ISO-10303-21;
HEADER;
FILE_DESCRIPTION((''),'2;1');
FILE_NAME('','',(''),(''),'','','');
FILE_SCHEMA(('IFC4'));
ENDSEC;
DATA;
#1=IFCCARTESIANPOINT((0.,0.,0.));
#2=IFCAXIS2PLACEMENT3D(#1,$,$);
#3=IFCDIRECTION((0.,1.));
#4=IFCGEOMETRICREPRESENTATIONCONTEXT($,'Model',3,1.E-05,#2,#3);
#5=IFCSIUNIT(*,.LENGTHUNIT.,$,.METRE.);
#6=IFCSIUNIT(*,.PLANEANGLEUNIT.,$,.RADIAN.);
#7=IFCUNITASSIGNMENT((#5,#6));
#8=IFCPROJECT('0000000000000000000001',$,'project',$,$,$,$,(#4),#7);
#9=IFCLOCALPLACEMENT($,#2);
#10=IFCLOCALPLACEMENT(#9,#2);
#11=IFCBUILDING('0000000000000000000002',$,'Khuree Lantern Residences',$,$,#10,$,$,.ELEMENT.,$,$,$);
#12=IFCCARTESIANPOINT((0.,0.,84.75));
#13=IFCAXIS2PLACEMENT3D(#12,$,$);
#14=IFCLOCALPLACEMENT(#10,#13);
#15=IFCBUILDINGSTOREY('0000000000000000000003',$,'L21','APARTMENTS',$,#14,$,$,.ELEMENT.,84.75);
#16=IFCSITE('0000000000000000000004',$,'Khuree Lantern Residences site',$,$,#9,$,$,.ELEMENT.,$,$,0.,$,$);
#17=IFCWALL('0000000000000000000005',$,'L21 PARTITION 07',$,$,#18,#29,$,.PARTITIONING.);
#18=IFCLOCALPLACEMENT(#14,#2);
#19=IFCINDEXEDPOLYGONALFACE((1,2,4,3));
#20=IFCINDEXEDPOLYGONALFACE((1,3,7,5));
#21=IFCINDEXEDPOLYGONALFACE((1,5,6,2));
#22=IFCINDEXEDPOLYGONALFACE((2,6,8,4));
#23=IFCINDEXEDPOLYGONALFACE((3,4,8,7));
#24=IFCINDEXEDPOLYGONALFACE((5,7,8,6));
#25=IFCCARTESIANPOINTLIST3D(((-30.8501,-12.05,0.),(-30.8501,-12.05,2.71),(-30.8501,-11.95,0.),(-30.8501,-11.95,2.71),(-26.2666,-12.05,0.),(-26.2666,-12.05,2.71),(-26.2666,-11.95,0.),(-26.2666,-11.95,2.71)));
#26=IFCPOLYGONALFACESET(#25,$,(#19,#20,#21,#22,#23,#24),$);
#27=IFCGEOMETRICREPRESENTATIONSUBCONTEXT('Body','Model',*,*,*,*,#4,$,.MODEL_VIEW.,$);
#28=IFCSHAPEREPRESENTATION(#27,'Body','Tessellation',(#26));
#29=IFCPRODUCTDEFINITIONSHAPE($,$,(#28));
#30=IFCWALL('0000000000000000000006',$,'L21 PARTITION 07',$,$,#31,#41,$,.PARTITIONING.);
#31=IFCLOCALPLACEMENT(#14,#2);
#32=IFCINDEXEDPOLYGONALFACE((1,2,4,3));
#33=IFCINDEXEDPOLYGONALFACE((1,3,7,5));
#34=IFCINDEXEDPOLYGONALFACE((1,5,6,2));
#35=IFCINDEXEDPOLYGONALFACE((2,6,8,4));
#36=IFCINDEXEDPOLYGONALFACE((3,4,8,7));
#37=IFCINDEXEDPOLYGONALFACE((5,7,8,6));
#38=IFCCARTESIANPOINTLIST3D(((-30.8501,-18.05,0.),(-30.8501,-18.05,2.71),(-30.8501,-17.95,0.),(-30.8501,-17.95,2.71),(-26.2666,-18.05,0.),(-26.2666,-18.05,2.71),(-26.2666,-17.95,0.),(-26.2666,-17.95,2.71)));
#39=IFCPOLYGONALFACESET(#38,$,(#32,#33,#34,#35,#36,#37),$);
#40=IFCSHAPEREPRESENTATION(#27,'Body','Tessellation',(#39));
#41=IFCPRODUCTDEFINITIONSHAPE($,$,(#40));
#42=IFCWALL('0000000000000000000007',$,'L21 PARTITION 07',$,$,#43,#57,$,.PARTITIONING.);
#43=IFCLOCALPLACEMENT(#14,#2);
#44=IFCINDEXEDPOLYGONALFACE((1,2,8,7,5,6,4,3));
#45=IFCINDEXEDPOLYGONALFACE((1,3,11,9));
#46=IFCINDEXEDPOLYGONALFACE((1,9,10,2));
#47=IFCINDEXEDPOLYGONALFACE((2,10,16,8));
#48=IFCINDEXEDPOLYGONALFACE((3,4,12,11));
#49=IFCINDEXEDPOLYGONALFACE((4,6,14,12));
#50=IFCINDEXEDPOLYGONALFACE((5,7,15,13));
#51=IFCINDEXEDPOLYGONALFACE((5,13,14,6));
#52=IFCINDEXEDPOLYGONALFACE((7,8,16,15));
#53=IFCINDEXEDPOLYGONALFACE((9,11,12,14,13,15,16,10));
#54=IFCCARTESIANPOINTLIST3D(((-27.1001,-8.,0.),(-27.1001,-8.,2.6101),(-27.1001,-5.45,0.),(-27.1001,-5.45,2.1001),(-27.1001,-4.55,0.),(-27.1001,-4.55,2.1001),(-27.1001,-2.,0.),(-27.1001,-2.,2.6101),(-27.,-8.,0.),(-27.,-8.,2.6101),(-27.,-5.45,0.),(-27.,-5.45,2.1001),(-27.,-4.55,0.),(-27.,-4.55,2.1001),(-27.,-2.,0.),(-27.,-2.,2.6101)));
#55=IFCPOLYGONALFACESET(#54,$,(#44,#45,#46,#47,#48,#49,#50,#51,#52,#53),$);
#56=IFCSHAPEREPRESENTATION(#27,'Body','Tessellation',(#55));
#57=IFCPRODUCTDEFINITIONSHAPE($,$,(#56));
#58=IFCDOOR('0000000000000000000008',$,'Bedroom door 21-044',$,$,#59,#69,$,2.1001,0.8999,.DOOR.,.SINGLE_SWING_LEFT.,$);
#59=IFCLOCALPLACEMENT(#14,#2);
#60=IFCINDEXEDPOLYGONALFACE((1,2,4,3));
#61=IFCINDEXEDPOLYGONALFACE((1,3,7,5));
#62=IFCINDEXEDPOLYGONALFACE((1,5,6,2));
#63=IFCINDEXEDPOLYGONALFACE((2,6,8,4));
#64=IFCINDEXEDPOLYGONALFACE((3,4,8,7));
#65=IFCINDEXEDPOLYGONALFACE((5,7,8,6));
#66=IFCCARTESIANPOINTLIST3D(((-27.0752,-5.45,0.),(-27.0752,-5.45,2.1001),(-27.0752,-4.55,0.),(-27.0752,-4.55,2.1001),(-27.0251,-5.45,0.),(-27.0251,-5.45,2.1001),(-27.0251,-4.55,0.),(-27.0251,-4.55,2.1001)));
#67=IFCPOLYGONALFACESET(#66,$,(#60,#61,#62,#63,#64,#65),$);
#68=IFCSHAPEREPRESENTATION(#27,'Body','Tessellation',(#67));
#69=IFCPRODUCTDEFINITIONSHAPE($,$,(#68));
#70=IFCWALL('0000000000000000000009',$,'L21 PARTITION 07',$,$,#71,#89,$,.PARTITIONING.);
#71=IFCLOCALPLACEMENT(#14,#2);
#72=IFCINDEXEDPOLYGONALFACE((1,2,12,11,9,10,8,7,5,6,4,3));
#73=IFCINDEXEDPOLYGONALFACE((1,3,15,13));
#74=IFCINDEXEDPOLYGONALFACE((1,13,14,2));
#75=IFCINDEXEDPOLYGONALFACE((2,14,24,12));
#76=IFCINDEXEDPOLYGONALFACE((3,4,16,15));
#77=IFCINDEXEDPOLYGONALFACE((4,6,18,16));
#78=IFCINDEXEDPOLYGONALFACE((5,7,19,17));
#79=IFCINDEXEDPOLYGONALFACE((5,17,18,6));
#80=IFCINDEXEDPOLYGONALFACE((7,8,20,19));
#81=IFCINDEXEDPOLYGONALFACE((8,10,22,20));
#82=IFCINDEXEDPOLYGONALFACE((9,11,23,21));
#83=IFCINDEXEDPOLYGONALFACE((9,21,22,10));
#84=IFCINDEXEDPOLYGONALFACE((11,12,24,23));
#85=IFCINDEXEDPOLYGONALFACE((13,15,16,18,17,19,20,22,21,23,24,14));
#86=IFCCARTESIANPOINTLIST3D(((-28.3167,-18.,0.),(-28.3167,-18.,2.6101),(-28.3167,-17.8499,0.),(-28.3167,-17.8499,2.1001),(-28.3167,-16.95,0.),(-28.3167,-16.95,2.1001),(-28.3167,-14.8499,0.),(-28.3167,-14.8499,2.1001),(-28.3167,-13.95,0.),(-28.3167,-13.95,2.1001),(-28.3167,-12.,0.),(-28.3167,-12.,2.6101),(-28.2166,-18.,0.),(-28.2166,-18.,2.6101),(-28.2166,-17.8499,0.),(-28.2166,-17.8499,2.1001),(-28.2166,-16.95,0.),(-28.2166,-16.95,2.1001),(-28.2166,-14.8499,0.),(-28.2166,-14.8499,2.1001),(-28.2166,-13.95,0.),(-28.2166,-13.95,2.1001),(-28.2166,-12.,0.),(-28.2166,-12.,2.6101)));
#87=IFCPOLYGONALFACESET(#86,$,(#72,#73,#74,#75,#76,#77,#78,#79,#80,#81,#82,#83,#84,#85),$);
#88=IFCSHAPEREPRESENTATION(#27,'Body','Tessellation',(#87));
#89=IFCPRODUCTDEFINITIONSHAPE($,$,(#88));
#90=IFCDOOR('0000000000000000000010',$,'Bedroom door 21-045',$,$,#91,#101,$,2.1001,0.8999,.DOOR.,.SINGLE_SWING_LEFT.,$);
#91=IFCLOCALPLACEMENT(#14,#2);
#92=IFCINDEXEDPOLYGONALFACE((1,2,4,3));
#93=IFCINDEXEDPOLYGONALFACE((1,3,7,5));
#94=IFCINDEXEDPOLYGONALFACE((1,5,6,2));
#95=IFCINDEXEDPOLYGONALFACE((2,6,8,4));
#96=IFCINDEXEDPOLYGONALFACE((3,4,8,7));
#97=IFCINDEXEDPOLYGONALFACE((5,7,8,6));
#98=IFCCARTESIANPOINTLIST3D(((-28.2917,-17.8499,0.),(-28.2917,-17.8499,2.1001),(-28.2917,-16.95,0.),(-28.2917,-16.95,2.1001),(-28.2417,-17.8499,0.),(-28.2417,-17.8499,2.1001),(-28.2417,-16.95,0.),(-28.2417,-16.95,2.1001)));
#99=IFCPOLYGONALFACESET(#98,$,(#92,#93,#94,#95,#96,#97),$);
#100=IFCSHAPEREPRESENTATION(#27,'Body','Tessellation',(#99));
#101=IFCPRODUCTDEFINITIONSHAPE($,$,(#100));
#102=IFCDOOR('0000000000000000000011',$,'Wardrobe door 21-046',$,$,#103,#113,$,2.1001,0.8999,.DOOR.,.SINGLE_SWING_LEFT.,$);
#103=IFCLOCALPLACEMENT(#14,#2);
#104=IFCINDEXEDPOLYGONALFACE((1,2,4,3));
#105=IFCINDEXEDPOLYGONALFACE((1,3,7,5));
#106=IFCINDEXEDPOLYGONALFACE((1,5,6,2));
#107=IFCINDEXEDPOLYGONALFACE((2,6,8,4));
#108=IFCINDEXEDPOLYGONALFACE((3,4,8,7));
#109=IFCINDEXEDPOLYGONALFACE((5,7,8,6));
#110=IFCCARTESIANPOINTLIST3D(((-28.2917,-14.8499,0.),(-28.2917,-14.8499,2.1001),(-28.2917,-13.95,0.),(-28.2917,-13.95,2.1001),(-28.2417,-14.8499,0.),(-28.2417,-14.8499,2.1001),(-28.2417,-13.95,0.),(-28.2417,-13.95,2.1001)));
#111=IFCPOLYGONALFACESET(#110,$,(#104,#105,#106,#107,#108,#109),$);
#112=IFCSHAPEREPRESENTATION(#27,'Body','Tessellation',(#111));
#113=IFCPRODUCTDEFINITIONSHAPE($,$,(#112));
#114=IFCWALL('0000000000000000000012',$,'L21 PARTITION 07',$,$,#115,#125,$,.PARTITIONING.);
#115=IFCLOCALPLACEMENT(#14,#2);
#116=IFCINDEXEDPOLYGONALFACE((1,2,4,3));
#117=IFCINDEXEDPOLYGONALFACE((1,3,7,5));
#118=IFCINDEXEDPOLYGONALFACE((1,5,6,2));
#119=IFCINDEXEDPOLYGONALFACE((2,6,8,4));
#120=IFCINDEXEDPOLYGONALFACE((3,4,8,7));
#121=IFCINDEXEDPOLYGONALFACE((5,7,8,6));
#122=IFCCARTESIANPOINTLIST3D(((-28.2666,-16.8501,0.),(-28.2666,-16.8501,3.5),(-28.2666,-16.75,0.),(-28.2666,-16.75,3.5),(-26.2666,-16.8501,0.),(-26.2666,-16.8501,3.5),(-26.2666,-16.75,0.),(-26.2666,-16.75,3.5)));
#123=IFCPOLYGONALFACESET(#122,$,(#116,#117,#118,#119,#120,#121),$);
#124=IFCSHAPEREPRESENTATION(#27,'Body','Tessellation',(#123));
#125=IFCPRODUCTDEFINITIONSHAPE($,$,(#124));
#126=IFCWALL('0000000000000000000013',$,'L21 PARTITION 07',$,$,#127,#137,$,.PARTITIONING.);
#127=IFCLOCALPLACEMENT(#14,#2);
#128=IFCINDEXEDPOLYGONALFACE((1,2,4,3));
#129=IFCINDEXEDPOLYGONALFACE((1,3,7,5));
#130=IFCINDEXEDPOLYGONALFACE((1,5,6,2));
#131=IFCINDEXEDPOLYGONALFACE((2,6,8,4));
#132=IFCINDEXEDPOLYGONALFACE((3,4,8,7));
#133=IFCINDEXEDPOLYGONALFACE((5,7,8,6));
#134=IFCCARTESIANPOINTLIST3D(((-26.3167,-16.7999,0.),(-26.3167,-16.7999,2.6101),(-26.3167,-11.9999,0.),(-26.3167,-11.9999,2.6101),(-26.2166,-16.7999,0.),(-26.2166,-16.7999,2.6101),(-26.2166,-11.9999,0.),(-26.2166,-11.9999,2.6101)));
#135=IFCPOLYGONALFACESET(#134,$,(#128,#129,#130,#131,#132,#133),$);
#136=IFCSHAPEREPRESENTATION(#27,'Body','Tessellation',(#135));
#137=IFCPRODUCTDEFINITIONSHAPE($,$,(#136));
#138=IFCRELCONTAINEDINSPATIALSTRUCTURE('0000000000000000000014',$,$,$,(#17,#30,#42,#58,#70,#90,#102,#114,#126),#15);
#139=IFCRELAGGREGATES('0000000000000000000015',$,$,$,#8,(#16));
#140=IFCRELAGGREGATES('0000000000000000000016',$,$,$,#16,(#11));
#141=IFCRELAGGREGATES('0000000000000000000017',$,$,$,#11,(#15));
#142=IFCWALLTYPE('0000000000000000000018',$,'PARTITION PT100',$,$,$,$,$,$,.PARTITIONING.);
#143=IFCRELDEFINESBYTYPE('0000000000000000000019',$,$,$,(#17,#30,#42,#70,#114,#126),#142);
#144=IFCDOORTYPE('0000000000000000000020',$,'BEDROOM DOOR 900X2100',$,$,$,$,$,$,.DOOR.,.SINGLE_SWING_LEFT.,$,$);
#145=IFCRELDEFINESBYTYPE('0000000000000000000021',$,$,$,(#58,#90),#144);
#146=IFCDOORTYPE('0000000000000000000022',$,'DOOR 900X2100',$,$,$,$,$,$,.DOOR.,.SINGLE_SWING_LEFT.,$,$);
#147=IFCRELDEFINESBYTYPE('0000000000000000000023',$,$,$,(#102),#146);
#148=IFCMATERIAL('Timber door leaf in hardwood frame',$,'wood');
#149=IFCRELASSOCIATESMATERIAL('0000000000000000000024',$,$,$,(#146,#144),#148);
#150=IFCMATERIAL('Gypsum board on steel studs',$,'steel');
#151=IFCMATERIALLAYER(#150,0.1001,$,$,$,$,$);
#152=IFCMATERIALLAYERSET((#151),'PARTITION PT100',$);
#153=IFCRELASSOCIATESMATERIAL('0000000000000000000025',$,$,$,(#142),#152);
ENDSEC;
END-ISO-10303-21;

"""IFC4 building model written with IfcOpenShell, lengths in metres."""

from ifc_helpers import new_model, si_unit, direction, frame, frame_2d, origin, place, context, subcontext, project, spatial, rectangle, extrude, material, layer, layer_set, type_object, element, fill, save


model = new_model("IFC4")

# Units and contexts
model_context = context("Model", 3, precision=1e-05, world=origin(), true_north=direction((0.0, 1.0)))
body_context = subcontext(model_context, "Body", "Model", "MODEL_VIEW")
ifc_project = project(units=[si_unit("LENGTHUNIT", "METRE"), si_unit("PLANEANGLEUNIT", "RADIAN")], contexts=[model_context])

# Site, building, storey
site_placement = place(None, origin())
site = spatial("IfcSite", under=ifc_project, at=site_placement, Name="Khuree Lantern Residences site", CompositionType="ELEMENT", RefElevation=0.0)
building_placement = place(site_placement, origin())
building = spatial("IfcBuilding", under=site, at=building_placement, Name="Khuree Lantern Residences", CompositionType="ELEMENT")
storey_placement = place(building_placement, frame((0.0, 0.0, 84.75)))
storey = spatial("IfcBuildingStorey", under=building, at=storey_placement, Name="L21", Description="APARTMENTS", CompositionType="ELEMENT", Elevation=84.75)

# Shared definitions
ifc_material_1 = material(Name="Timber door leaf in hardwood frame", Category="wood")
door_type_1 = type_object("IfcDoorType", Name="DOOR 900X2100", OperationType="SINGLE_SWING_LEFT", PredefinedType="DOOR", material=ifc_material_1)

# Walls
ifc_material_2 = material(Name="Gypsum board on steel studs", Category="steel")
ifc_layer_1 = layer(ifc_material_2, 0.1001)
ifc_layer_set_1 = layer_set([ifc_layer_1], Name="PARTITION PT100")
wall_type_1 = type_object("IfcWallType", Name="PARTITION PT100", PredefinedType="PARTITIONING", material=ifc_layer_set_1)
for number, where, z_axis, x_axis, name in (
    (1, (-26.2666, -12.0, 0.0), (0.0, 0.0, 1.0), (-1.0, 0.0, 0.0), "L21 PARTITION 07"),
    (2, (-26.2666, -18.0, 0.0), (0.0, 0.0, 1.0), (-1.0, 0.0, 0.0), "L21 PARTITION 07"),
):
    element("IfcWall", number, at=place(storey_placement, frame(where, z_axis=z_axis, x_axis=x_axis)), inside=storey, type_object=wall_type_1, Name=name, PredefinedType="PARTITIONING", context=body_context, shape_type="SweptSolid", body=[
        extrude(rectangle(XDim=4.5835, YDim=0.1001, at=frame_2d((2.2917, 0.0))), origin(), (0.0, 0.0, 1.0), 2.71),
    ])

# Wall, opening, door
wall_1_placement = place(storey_placement, frame((-27.05, -2.0, 0.0), z_axis=(0.0, 0.0, 1.0), x_axis=(0.0, -1.0, 0.0)))
wall_1 = element("IfcWall", 3, at=wall_1_placement, inside=storey, type_object=wall_type_1, Name="L21 PARTITION 07", PredefinedType="PARTITIONING", context=body_context, shape_type="SweptSolid", body=[
    extrude(rectangle(XDim=6.0, YDim=0.1001, at=frame_2d((3.0, 0.0))), origin(), (0.0, 0.0, 1.0), 2.6101),
])
opening_1_placement = place(wall_1_placement, frame((2.55, 0.0, 0.0)))
opening_1 = element("IfcOpeningElement", 4, at=opening_1_placement, cuts=wall_1, PredefinedType="OPENING", context=body_context, shape_type="SweptSolid", body=[
    extrude(rectangle(XDim=0.8999, YDim=2.1001, at=frame_2d((0.45, 1.05))), frame((0.0, 0.0601, 0.0), z_axis=(0.0, -1.0, 0.0), x_axis=(1.0, 0.0, 0.0)), (0.0, 0.0, 1.0), 0.1201),
])
door_type_2 = type_object("IfcDoorType", Name="BEDROOM DOOR 900X2100", OperationType="SINGLE_SWING_LEFT", PredefinedType="DOOR", material=ifc_material_1)
door_1_placement = place(opening_1_placement, origin())
door_1 = element("IfcDoor", 5, at=door_1_placement, inside=storey, type_object=door_type_2, Name="Bedroom door 21-044", OperationType="SINGLE_SWING_LEFT", OverallHeight=2.1001, OverallWidth=0.8999, PredefinedType="DOOR", context=body_context, shape_type="SweptSolid", body=[
    extrude(rectangle(XDim=0.8999, YDim=2.1001, at=frame_2d((0.45, 1.05))), frame((0.0, 0.0249, 0.0), z_axis=(0.0, -1.0, 0.0), x_axis=(1.0, 0.0, 0.0)), (0.0, 0.0, 1.0), 0.05),
])
fill(opening_1, door_1)

# Wall, openings, doors
wall_2_placement = place(storey_placement, frame((-28.2666, -12.0, 0.0), z_axis=(0.0, 0.0, 1.0), x_axis=(0.0, -1.0, 0.0)))
wall_2 = element("IfcWall", 6, at=wall_2_placement, inside=storey, type_object=wall_type_1, Name="L21 PARTITION 07", PredefinedType="PARTITIONING", context=body_context, shape_type="SweptSolid", body=[
    extrude(rectangle(XDim=6.0, YDim=0.1001, at=frame_2d((3.0, 0.0))), origin(), (0.0, 0.0, 1.0), 2.6101),
])
opening_2_placement = place(wall_2_placement, frame((4.95, 0.0, 0.0)))
opening_2 = element("IfcOpeningElement", 7, at=opening_2_placement, cuts=wall_2, PredefinedType="OPENING", context=body_context, shape_type="SweptSolid", body=[
    extrude(rectangle(XDim=0.8999, YDim=2.1001, at=frame_2d((0.45, 1.05))), frame((0.0, 0.0601, 0.0), z_axis=(0.0, -1.0, 0.0), x_axis=(1.0, 0.0, 0.0)), (0.0, 0.0, 1.0), 0.1201),
])
opening_3_placement = place(wall_2_placement, frame((1.95, 0.0, 0.0)))
opening_3 = element("IfcOpeningElement", 8, at=opening_3_placement, cuts=wall_2, PredefinedType="OPENING", context=body_context, shape_type="SweptSolid", body=[
    extrude(rectangle(XDim=0.8999, YDim=2.1001, at=frame_2d((0.45, 1.05))), frame((0.0, 0.0601, 0.0), z_axis=(0.0, -1.0, 0.0), x_axis=(1.0, 0.0, 0.0)), (0.0, 0.0, 1.0), 0.1201),
])
door_2_placement = place(opening_2_placement, origin())
door_2 = element("IfcDoor", 9, at=door_2_placement, inside=storey, type_object=door_type_2, Name="Bedroom door 21-045", OperationType="SINGLE_SWING_LEFT", OverallHeight=2.1001, OverallWidth=0.8999, PredefinedType="DOOR", context=body_context, shape_type="SweptSolid", body=[
    extrude(rectangle(XDim=0.8999, YDim=2.1001, at=frame_2d((0.45, 1.05))), frame((0.0, 0.0249, 0.0), z_axis=(0.0, -1.0, 0.0), x_axis=(1.0, 0.0, 0.0)), (0.0, 0.0, 1.0), 0.05),
])
fill(opening_2, door_2)
door_3_placement = place(opening_3_placement, origin())
door_3 = element("IfcDoor", 10, at=door_3_placement, inside=storey, type_object=door_type_1, Name="Wardrobe door 21-046", OperationType="SINGLE_SWING_LEFT", OverallHeight=2.1001, OverallWidth=0.8999, PredefinedType="DOOR", context=body_context, shape_type="SweptSolid", body=[
    extrude(rectangle(XDim=0.8999, YDim=2.1001, at=frame_2d((0.45, 1.05))), frame((0.0, 0.0249, 0.0), z_axis=(0.0, -1.0, 0.0), x_axis=(1.0, 0.0, 0.0)), (0.0, 0.0, 1.0), 0.05),
])
fill(opening_3, door_3)

# Walls
wall_3_placement = place(storey_placement, frame((-26.2666, -16.8, 0.0), z_axis=(0.0, 0.0, 1.0), x_axis=(-1.0, 0.0, 0.0)))
element("IfcWall", 11, at=wall_3_placement, inside=storey, type_object=wall_type_1, Name="L21 PARTITION 07", PredefinedType="PARTITIONING", context=body_context, shape_type="SweptSolid", body=[
    extrude(rectangle(XDim=2.0, YDim=0.1001, at=frame_2d((1.0, 0.0))), origin(), (0.0, 0.0, 1.0), 3.5),
])
wall_4_placement = place(storey_placement, frame((-26.2666, -12.0, 0.0), z_axis=(0.0, 0.0, 1.0), x_axis=(0.0, -1.0, 0.0)))
element("IfcWall", 12, at=wall_4_placement, inside=storey, type_object=wall_type_1, Name="L21 PARTITION 07", PredefinedType="PARTITIONING", context=body_context, shape_type="SweptSolid", body=[
    extrude(rectangle(XDim=4.8, YDim=0.1001, at=frame_2d((2.3999, 0.0))), origin(), (0.0, 0.0, 1.0), 2.6101),
])

save(model, "model.ifc")
